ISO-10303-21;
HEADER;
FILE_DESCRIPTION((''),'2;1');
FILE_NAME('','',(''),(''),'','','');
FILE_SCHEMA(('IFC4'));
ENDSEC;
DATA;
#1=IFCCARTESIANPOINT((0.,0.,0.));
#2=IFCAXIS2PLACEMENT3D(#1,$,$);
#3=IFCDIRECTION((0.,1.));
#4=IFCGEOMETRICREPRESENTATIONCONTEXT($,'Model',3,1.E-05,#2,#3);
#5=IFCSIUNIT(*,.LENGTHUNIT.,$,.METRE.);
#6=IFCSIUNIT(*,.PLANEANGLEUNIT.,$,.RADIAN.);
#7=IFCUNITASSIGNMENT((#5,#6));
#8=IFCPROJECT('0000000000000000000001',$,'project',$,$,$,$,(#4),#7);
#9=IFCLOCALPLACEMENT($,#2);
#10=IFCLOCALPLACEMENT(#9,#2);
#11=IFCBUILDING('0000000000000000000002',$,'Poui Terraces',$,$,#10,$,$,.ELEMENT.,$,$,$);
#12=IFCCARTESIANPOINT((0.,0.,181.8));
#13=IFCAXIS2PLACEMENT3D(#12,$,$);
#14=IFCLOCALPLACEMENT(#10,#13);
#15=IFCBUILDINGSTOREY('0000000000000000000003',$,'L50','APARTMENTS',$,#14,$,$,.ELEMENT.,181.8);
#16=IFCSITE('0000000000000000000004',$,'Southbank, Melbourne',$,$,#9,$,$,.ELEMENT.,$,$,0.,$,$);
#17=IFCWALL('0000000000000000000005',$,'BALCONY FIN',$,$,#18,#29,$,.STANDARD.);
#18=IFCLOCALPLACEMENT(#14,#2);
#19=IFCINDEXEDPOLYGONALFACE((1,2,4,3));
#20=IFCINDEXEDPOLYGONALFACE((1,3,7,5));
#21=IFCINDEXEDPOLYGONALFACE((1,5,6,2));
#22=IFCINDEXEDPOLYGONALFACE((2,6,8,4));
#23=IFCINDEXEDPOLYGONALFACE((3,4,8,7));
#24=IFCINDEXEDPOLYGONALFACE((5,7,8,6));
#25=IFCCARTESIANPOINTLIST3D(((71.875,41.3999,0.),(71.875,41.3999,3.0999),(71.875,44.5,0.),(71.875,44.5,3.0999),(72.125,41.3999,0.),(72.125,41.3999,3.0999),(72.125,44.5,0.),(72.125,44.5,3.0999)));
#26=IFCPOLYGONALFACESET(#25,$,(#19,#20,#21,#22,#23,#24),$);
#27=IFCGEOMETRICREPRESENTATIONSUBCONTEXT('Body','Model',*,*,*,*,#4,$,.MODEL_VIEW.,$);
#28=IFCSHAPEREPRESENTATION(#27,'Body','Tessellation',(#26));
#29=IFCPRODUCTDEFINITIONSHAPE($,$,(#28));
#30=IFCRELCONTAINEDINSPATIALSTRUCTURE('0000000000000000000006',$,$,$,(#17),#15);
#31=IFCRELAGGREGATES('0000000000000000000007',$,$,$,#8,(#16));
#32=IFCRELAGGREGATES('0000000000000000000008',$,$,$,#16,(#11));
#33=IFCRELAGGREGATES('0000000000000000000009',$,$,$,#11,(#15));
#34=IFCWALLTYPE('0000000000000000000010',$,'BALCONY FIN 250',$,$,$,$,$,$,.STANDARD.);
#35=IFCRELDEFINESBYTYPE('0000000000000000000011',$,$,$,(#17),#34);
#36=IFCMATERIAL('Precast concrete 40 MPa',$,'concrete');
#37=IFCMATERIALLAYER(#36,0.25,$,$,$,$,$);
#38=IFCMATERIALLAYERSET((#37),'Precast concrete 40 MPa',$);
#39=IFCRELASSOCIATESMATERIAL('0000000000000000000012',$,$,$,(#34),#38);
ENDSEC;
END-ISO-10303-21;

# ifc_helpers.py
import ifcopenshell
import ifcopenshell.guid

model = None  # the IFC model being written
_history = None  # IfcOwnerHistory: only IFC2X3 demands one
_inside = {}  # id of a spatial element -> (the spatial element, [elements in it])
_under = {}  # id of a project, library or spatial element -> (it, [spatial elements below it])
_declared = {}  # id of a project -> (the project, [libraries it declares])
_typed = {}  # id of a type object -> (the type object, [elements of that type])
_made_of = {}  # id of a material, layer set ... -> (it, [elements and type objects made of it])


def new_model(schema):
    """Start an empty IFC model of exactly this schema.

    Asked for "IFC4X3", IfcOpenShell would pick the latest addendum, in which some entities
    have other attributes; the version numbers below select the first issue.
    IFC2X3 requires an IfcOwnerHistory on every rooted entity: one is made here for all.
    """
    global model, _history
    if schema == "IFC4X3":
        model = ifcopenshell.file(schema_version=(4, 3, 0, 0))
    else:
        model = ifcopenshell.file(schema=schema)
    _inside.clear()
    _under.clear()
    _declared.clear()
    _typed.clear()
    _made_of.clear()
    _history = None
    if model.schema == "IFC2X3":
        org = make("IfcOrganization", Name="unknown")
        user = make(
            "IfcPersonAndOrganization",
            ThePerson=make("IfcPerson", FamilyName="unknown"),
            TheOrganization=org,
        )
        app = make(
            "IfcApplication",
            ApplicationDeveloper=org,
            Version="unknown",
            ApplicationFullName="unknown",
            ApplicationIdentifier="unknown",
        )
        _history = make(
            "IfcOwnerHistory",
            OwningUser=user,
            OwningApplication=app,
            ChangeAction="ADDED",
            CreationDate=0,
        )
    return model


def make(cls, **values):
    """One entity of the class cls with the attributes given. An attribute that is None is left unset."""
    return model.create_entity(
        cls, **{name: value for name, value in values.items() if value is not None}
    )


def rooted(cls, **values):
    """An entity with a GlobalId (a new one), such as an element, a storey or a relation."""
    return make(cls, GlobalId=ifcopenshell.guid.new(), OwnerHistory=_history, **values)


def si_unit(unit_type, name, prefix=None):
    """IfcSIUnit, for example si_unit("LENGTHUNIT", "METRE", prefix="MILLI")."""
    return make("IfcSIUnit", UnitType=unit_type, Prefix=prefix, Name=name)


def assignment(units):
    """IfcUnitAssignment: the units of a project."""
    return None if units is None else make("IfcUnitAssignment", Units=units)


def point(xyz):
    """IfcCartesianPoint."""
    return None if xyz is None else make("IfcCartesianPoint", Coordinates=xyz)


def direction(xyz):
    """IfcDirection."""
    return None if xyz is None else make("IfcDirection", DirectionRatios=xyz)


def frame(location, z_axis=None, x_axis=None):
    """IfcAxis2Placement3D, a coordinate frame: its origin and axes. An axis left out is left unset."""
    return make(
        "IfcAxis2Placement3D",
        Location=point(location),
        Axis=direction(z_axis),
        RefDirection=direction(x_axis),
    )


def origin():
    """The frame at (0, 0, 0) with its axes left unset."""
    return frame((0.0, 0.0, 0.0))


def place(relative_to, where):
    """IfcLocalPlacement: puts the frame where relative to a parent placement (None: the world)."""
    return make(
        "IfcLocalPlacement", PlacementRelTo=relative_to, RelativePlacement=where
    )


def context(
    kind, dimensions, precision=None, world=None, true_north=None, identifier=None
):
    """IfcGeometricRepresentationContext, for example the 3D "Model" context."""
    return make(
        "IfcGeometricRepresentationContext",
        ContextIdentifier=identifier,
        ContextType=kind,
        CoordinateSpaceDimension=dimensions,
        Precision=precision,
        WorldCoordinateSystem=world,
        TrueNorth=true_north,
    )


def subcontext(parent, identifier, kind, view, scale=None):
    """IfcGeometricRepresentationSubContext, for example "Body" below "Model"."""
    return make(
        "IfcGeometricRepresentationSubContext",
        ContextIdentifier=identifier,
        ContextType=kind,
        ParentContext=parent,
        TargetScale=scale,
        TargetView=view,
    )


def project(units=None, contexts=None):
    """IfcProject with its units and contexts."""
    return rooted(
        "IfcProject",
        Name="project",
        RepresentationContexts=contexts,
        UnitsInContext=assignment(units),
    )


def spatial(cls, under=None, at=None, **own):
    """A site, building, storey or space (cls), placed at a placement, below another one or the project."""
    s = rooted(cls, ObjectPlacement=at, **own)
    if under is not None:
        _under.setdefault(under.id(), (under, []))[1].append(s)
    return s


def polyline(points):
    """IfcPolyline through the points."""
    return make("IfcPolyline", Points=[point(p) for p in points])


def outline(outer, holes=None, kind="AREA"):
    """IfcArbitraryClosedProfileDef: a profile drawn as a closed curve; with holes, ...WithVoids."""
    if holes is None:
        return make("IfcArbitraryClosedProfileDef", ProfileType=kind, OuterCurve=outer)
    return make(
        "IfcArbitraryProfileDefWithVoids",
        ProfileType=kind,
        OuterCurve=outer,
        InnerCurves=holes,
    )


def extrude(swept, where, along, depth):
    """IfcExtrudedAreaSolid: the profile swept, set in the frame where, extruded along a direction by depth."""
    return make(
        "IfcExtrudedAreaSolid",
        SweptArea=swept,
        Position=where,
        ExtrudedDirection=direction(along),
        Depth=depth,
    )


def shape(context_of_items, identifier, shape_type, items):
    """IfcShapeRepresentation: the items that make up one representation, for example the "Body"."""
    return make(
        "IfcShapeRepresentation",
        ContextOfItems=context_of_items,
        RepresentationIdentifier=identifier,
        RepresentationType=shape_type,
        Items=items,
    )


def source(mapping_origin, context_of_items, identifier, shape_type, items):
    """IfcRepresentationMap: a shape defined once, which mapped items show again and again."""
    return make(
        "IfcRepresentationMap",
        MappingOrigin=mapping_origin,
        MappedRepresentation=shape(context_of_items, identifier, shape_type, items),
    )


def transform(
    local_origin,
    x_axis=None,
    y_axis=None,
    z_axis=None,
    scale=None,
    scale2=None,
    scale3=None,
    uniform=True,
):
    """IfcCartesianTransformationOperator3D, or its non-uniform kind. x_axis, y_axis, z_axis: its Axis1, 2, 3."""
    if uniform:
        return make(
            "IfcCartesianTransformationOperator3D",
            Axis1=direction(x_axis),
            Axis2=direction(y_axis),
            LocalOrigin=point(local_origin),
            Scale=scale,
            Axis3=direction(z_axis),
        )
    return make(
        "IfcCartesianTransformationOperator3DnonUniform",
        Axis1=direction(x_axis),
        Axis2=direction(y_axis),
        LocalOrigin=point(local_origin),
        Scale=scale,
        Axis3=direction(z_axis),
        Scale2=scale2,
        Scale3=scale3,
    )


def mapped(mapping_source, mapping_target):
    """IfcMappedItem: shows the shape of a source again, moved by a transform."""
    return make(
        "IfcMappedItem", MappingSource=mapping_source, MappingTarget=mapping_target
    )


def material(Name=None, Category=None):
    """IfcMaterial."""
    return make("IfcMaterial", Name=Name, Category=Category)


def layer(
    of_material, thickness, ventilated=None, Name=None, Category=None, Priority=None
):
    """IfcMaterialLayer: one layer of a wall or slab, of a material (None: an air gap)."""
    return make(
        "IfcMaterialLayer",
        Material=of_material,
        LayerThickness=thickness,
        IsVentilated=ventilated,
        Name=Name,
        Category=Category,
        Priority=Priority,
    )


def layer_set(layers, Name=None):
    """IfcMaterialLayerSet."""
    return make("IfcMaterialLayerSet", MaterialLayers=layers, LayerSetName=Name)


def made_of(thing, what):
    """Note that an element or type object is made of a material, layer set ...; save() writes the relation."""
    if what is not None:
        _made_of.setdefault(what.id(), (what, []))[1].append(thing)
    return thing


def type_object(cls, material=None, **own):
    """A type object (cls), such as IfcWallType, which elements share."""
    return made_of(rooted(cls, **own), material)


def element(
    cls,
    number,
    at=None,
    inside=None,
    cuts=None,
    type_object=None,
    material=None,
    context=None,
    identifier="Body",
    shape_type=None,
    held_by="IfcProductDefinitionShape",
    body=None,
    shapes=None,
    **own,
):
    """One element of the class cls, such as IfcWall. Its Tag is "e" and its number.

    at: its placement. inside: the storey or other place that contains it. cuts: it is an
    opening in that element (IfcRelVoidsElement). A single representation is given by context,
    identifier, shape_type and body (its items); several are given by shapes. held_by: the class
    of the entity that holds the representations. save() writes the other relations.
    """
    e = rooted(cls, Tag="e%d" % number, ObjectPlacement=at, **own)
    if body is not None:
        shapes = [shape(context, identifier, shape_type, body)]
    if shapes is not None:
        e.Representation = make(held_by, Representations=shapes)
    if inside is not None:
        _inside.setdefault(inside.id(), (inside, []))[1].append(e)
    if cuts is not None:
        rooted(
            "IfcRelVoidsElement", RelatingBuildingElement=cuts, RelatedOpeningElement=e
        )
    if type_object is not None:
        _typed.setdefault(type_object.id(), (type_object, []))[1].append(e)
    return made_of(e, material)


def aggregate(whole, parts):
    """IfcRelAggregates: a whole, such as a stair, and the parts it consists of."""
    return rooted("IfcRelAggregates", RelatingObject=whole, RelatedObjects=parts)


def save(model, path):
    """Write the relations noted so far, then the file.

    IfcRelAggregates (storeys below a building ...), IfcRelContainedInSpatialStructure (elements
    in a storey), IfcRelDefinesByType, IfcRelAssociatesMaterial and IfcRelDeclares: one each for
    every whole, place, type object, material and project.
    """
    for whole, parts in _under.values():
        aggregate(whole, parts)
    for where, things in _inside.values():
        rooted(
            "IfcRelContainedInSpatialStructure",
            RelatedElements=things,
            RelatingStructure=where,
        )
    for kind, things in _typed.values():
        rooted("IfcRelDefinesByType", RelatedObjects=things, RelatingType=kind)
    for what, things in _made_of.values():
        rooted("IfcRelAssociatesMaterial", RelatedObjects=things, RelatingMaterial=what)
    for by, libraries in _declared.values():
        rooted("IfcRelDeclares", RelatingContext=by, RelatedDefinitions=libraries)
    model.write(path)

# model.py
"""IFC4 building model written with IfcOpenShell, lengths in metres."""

from ifc_helpers import new_model, si_unit, direction, frame, origin, place, context, subcontext, project, spatial, polyline, outline, extrude, source, transform, mapped, material, layer, layer_set, type_object, element, save


model = new_model("IFC4")

# Units and contexts
model_context = context("Model", 3, precision=1e-05, world=origin(), true_north=direction((0.0, 1.0)))
body_context = subcontext(model_context, "Body", "Model", "MODEL_VIEW")
ifc_project = project(units=[si_unit("LENGTHUNIT", "METRE"), si_unit("PLANEANGLEUNIT", "RADIAN")], contexts=[model_context])

# Site, building, storey
site_placement = place(None, origin())
site = spatial("IfcSite", under=ifc_project, at=site_placement, Name="Southbank, Melbourne", CompositionType="ELEMENT", RefElevation=0.0)
building_placement = place(site_placement, origin())
building = spatial("IfcBuilding", under=site, at=building_placement, Name="Poui Terraces", CompositionType="ELEMENT")
storey_placement = place(building_placement, frame((0.0, 0.0, 181.8)))
storey = spatial("IfcBuildingStorey", under=building, at=storey_placement, Name="L50", Description="APARTMENTS", CompositionType="ELEMENT", Elevation=181.8)

# Wall
ifc_material_1 = material(Name="Precast concrete 40 MPa", Category="concrete")
ifc_layer = layer(ifc_material_1, 0.25)
ifc_layer_set = layer_set([ifc_layer], Name="Precast concrete 40 MPa")
wall_type = type_object("IfcWallType", Name="BALCONY FIN 250", PredefinedType="STANDARD", material=ifc_layer_set)
shared_shape = source(origin(), body_context, "Body", "SweptSolid", [
    extrude(outline(polyline([(0.0, 0.0), (0.25, 0.0), (0.25, 3.1001), (0.0, 3.1001), (0.0, 0.0)])), origin(), (0.0, 0.0, 1.0), 3.0999),
])
wall_placement = place(storey_placement, frame((71.875, 41.3999, 0.0)))
element("IfcWall", 1, at=wall_placement, inside=storey, type_object=wall_type, Name="BALCONY FIN", PredefinedType="STANDARD", context=body_context, shape_type="MappedRepresentation", body=[
    mapped(shared_shape, transform((0.0, 0.0, 0.0))),
])

save(model, "model.ifc")
